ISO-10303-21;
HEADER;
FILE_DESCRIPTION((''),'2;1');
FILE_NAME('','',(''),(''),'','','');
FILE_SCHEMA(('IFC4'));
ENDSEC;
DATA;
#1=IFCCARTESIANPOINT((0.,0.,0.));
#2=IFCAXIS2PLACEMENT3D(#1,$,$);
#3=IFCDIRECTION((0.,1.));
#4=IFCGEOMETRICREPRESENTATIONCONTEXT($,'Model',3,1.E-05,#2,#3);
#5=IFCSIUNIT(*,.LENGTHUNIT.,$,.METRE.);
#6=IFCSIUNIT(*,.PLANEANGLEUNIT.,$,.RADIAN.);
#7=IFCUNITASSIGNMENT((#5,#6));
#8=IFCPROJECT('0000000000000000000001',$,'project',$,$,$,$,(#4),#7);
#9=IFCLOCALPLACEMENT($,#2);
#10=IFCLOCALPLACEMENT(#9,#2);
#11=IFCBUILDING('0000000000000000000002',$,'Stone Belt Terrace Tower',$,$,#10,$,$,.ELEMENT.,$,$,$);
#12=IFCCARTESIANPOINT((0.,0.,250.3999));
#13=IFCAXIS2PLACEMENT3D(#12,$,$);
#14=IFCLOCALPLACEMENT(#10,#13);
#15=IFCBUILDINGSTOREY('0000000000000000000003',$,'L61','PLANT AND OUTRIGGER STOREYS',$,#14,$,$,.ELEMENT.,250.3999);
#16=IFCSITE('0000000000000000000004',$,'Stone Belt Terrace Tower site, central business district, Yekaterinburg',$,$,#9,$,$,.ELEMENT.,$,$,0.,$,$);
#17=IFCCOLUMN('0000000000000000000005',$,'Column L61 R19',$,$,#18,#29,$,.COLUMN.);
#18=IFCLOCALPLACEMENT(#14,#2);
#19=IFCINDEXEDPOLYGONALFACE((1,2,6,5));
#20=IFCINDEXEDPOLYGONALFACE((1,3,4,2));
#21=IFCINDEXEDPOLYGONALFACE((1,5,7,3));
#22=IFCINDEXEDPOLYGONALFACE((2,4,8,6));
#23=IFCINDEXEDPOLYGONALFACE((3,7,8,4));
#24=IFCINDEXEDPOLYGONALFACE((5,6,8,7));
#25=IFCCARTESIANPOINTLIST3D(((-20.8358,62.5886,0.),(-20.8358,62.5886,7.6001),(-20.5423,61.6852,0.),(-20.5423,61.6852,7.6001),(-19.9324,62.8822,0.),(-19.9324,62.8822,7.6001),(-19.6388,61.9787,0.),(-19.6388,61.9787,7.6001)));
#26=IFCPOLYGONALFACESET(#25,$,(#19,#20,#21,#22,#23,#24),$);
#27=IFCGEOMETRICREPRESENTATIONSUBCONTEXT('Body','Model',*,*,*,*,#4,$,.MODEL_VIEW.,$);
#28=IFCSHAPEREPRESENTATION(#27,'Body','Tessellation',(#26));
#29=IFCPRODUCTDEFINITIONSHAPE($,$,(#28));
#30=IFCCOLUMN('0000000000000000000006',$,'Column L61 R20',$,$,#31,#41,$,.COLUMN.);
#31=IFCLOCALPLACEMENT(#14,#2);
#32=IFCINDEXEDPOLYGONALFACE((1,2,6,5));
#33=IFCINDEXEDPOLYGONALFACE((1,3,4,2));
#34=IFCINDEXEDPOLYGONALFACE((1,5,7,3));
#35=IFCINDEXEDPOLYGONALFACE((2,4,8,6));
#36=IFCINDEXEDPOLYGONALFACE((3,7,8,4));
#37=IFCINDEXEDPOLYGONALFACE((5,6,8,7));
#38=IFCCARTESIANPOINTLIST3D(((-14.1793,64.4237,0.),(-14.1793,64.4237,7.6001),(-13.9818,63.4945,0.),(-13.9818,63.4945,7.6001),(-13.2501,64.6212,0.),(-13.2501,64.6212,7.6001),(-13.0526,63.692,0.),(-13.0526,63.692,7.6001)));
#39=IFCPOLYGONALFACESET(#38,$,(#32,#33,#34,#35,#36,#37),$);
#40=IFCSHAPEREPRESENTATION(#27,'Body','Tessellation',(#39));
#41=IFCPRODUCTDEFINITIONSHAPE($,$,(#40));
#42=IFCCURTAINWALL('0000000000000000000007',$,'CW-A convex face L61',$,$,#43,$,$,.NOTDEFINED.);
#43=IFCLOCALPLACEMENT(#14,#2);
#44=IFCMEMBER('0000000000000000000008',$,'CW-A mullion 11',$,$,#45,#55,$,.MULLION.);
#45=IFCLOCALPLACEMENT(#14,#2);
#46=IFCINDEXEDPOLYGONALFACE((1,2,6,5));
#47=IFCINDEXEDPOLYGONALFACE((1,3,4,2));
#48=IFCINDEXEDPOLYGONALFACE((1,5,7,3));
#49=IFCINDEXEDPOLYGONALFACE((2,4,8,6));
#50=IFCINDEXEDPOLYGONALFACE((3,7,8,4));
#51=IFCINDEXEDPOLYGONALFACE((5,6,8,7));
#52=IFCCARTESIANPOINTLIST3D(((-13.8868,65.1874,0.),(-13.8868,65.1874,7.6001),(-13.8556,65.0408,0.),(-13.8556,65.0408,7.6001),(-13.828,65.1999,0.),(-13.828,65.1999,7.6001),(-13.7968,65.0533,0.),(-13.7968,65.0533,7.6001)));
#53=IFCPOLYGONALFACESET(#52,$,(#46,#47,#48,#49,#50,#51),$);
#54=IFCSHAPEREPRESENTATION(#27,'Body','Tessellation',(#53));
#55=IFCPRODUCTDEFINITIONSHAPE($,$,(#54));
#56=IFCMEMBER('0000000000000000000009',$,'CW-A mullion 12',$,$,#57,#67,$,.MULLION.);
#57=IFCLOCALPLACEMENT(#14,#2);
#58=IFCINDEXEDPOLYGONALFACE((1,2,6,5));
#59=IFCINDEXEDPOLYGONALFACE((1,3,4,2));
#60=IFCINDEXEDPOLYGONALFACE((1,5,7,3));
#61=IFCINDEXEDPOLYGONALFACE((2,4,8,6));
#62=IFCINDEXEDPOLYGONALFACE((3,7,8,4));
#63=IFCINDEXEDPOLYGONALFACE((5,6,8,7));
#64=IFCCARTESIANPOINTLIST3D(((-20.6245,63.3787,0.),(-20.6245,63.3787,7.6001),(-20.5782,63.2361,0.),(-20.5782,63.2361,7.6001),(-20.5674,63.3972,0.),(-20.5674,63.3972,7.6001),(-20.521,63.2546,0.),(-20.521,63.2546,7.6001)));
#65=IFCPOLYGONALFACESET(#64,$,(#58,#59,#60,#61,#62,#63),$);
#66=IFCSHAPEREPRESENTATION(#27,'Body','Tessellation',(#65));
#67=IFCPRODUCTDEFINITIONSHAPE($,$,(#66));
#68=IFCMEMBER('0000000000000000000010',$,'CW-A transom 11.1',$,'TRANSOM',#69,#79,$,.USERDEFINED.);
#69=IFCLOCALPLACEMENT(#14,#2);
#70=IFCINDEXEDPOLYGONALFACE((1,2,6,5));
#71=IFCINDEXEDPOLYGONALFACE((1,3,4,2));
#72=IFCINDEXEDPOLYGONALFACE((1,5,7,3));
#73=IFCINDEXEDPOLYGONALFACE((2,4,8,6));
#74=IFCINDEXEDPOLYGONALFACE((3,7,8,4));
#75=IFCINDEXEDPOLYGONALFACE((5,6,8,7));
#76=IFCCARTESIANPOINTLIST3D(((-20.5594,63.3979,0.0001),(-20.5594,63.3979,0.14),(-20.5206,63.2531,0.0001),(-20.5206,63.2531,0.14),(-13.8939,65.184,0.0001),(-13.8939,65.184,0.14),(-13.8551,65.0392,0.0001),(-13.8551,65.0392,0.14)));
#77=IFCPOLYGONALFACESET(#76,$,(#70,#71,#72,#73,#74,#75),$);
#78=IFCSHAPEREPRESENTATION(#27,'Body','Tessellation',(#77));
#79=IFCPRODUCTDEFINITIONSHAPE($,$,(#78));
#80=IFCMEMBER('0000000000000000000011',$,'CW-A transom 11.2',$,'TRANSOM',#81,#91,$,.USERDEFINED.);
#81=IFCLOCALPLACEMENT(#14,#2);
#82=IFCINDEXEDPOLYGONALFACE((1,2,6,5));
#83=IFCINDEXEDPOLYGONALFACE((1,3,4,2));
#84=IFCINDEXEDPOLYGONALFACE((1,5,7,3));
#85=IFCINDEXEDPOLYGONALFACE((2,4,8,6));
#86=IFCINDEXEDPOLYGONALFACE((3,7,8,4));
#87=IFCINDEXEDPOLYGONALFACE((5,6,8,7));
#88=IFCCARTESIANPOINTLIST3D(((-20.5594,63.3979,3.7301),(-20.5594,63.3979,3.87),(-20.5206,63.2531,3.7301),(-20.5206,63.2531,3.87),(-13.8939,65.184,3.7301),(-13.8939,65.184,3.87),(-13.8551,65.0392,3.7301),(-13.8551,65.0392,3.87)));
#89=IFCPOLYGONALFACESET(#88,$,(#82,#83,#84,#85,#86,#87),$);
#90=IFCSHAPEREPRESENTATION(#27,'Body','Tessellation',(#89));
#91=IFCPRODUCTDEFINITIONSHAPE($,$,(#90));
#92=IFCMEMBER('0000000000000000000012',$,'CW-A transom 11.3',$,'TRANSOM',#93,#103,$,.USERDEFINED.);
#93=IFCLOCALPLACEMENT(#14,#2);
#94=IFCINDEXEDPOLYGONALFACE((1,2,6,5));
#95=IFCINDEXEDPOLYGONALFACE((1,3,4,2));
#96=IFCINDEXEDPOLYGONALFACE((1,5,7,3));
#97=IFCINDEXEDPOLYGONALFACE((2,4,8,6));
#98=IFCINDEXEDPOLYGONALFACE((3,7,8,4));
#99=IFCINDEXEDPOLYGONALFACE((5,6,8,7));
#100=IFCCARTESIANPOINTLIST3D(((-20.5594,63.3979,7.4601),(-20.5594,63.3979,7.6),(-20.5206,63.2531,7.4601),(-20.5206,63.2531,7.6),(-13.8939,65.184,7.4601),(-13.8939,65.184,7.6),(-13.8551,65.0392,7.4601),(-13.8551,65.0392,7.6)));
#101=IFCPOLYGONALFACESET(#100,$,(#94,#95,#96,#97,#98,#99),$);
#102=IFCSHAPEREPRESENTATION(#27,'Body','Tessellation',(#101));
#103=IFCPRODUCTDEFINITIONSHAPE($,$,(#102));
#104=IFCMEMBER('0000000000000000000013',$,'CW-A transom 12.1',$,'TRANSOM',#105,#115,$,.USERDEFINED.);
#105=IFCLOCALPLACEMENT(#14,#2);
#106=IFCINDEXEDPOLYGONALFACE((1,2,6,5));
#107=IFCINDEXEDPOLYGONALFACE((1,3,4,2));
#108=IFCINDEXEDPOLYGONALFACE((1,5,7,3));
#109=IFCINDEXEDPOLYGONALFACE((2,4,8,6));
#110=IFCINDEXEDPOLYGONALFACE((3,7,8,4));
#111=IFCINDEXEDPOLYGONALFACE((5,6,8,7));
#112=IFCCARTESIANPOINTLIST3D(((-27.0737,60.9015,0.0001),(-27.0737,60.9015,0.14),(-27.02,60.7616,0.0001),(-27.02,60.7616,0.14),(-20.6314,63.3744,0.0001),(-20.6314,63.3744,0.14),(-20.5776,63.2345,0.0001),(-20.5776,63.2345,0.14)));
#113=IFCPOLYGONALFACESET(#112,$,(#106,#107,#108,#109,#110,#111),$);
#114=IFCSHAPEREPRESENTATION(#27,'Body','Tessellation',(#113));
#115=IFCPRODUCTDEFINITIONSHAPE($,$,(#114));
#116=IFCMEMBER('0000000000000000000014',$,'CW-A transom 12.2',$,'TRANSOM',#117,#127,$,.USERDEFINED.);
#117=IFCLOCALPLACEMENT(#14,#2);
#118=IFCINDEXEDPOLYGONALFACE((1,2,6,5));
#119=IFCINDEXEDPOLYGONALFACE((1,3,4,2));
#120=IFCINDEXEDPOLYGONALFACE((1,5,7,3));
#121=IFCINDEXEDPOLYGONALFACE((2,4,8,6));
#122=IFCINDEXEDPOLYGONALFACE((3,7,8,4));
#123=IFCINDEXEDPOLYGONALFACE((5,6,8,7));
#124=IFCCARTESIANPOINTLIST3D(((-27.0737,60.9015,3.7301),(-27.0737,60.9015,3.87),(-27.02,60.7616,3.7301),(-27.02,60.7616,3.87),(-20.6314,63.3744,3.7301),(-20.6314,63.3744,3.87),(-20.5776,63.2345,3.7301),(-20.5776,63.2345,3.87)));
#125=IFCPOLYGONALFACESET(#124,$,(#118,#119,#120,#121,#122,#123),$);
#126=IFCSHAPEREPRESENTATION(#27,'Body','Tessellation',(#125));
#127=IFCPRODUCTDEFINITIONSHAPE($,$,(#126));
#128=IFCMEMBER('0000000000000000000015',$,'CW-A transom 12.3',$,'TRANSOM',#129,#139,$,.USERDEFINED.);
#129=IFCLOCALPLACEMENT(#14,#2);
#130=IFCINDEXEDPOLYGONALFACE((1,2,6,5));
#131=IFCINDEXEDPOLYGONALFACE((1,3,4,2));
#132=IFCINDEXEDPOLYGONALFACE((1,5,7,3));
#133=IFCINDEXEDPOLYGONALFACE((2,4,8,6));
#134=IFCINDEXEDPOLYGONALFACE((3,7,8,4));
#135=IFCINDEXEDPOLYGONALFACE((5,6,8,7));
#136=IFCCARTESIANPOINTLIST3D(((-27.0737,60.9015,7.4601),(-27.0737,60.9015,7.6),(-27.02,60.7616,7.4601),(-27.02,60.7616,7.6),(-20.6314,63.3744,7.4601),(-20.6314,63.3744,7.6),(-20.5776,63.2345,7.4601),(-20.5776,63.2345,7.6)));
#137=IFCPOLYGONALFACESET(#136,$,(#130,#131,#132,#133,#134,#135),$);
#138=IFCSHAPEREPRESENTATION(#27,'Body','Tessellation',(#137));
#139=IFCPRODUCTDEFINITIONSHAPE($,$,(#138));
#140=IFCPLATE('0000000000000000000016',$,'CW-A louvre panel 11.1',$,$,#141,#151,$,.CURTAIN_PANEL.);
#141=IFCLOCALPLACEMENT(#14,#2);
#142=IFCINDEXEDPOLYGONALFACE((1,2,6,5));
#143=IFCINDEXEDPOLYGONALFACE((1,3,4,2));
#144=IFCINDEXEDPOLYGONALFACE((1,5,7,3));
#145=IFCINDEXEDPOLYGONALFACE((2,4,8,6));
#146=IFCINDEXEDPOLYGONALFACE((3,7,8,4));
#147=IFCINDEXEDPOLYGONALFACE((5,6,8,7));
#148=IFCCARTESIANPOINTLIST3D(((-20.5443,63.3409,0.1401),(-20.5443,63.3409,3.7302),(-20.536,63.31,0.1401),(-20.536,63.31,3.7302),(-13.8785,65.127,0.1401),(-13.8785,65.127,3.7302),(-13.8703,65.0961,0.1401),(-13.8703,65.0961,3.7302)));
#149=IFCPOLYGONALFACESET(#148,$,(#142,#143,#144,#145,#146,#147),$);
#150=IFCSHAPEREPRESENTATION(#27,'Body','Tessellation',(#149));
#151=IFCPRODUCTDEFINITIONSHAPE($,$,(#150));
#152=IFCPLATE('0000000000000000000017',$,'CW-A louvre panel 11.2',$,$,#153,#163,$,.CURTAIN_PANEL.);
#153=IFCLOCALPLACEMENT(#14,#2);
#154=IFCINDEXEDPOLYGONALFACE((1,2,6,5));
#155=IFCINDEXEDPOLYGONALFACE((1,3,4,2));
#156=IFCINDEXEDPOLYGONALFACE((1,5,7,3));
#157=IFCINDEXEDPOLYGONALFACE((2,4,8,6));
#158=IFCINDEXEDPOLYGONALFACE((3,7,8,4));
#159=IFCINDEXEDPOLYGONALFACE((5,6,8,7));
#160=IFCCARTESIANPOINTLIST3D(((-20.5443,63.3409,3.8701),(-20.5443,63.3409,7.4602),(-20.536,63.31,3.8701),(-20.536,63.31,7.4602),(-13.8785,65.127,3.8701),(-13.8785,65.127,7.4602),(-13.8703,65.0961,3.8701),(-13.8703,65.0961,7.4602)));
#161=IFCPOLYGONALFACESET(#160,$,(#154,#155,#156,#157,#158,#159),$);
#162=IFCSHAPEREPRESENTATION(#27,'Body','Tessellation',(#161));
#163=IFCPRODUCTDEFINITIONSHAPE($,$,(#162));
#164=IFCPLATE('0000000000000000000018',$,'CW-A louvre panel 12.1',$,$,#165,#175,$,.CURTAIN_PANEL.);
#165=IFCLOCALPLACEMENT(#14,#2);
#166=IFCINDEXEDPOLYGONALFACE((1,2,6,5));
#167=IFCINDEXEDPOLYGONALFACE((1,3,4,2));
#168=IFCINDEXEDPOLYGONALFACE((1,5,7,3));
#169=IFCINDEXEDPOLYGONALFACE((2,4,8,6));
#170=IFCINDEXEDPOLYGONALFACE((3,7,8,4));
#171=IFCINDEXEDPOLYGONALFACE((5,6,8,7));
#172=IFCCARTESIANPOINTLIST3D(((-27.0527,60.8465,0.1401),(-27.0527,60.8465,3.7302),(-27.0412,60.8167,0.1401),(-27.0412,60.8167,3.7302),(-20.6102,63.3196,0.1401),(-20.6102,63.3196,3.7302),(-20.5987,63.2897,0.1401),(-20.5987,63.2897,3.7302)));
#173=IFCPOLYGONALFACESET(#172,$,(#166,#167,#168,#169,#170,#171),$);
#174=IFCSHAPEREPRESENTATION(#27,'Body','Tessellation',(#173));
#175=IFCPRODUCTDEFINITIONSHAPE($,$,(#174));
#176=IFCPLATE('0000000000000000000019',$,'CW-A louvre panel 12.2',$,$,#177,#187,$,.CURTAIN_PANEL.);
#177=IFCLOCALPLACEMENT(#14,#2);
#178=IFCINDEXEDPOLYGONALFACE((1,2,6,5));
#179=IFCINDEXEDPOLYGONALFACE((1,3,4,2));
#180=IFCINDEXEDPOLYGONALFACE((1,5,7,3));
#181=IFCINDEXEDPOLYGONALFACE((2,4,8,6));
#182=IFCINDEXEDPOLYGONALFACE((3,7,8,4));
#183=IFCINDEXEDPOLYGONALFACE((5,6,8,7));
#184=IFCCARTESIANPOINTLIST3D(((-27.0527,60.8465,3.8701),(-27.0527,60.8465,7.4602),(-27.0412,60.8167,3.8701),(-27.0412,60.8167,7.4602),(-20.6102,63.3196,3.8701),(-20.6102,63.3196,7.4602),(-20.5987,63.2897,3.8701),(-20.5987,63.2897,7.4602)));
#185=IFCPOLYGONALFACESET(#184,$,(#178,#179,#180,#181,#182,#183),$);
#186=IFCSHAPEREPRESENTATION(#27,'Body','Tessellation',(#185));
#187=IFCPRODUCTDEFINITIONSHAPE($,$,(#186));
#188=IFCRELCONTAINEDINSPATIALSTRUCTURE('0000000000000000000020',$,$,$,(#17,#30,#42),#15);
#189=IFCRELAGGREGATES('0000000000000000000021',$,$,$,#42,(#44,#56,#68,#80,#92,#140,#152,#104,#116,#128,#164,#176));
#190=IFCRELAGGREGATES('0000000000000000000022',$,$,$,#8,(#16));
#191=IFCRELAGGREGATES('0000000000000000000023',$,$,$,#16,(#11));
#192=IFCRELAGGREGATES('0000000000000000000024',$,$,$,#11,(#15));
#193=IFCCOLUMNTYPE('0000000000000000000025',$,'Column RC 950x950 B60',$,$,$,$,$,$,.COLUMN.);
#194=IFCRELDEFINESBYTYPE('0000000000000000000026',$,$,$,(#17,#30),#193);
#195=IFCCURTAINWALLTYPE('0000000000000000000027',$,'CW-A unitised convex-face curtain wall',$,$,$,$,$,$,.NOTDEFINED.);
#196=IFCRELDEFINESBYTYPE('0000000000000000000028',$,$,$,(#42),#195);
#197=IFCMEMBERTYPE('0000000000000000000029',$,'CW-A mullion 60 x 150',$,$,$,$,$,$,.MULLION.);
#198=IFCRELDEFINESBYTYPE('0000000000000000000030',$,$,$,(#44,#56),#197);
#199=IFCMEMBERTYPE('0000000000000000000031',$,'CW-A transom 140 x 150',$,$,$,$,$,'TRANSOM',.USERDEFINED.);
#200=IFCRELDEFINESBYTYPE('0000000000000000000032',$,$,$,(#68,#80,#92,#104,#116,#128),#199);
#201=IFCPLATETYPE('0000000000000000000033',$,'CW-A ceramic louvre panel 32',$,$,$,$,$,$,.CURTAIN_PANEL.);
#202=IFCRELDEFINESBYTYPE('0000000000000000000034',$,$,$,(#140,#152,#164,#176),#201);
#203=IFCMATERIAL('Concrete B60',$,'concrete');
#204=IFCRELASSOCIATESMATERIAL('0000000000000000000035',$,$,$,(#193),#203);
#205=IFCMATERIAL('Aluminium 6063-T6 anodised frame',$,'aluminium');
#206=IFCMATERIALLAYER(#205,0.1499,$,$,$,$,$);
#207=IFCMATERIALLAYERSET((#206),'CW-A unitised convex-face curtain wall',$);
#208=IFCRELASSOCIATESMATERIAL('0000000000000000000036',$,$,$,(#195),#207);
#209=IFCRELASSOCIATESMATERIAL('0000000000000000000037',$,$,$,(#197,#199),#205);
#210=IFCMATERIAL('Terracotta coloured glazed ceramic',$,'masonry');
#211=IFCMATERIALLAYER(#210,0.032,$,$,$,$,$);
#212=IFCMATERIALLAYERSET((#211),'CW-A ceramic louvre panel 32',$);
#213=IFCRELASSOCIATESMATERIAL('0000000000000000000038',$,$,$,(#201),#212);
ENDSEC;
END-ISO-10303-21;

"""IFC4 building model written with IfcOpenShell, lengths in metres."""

from ifc_helpers import new_model, si_unit, direction, frame, origin, origin_2d, place, context, subcontext, project, spatial, rectangle, extrude, material, layer, layer_set, material_profile, profile_set, type_object, element, aggregate, save


model = new_model("IFC4")

# Units and contexts
model_context = context("Model", 3, precision=1e-05, world=origin(), true_north=direction((0.0, 1.0)))
body_context = subcontext(model_context, "Body", "Model", "MODEL_VIEW")
ifc_project = project(units=[si_unit("LENGTHUNIT", "METRE"), si_unit("PLANEANGLEUNIT", "RADIAN")], contexts=[model_context])

# Site, building, storey
site_placement = place(None, origin())
site = spatial("IfcSite", under=ifc_project, at=site_placement, Name="Stone Belt Terrace Tower site, central business district, Yekaterinburg", CompositionType="ELEMENT", RefElevation=0.0)
building_placement = place(site_placement, origin())
building = spatial("IfcBuilding", under=site, at=building_placement, Name="Stone Belt Terrace Tower", CompositionType="ELEMENT")
storey_placement = place(building_placement, frame((0.0, 0.0, 250.3999)))
storey = spatial("IfcBuildingStorey", under=building, at=storey_placement, Name="L61", Description="PLANT AND OUTRIGGER STOREYS", CompositionType="ELEMENT", Elevation=250.3999)

# Columns
ifc_material_1 = material(Name="Concrete B60", Category="concrete")
ifc_material_profile_1 = material_profile(ifc_material_1, rectangle(XDim=0.95, YDim=0.95, at=origin_2d()), Name="RC 950x950")
ifc_profile_set_1 = profile_set([ifc_material_profile_1], Name="Concrete B60")
column_type = type_object("IfcColumnType", Name="Column RC 950x950 B60", PredefinedType="COLUMN", material=ifc_profile_set_1)
for number, where, z_axis, x_axis, name in (
    (1, (-20.2373, 62.2837, 0.0), (0.0, 0.0, 1.0), (0.951057, 0.309017, 0.0), "Column L61 R19"),
    (2, (-13.616, 64.0579, 0.0), (0.0, 0.0, 1.0), (0.978148, 0.207912, 0.0), "Column L61 R20"),
):
    element("IfcColumn", number, at=place(storey_placement, frame(where, z_axis=z_axis, x_axis=x_axis)), inside=storey, type_object=column_type, Name=name, PredefinedType="COLUMN", context=body_context, shape_type="SweptSolid", body=[
        extrude(rectangle(XDim=0.95, YDim=0.95, at=origin_2d()), origin(), (0.0, 0.0, 1.0), 7.6001),
    ])

# Curtain wall, members, plates
ifc_material_2 = material(Name="Aluminium 6063-T6 anodised frame", Category="aluminium")
ifc_layer_1 = layer(ifc_material_2, 0.1499)
ifc_layer_set_1 = layer_set([ifc_layer_1], Name="CW-A unitised convex-face curtain wall")
curtain_wall_type = type_object("IfcCurtainWallType", Name="CW-A unitised convex-face curtain wall", PredefinedType="NOTDEFINED", material=ifc_layer_set_1)
curtain_wall_placement = place(storey_placement, origin())
curtain_wall = element("IfcCurtainWall", 3, at=curtain_wall_placement, inside=storey, type_object=curtain_wall_type, Name="CW-A convex face L61", PredefinedType="NOTDEFINED")
ifc_material_profile_2 = material_profile(ifc_material_2, rectangle(XDim=0.1499, YDim=0.0601, at=origin_2d()), Name="Aluminium 6063-T6 60x150")
ifc_profile_set_2 = profile_set([ifc_material_profile_2], Name="Aluminium 6063-T6 anodised frame")
member_type_1 = type_object("IfcMemberType", Name="CW-A mullion 60 x 150", PredefinedType="MULLION", material=ifc_profile_set_2)
member_1_placement = place(storey_placement, frame((-13.8418, 65.1204, 0.0), z_axis=(0.0, 0.0, 1.0), x_axis=(0.207912, -0.978148, 0.0)))
member_1 = element("IfcMember", 4, at=member_1_placement, type_object=member_type_1, Name="CW-A mullion 11", PredefinedType="MULLION", context=body_context, shape_type="SweptSolid", body=[
    extrude(rectangle(XDim=0.1499, YDim=0.0601, at=origin_2d()), origin(), (0.0, 0.0, 1.0), 7.6001),
])
member_2_placement = place(storey_placement, frame((-20.5728, 63.3167, 0.0), z_axis=(0.0, 0.0, 1.0), x_axis=(0.309017, -0.951057, 0.0)))
member_2 = element("IfcMember", 5, at=member_2_placement, type_object=member_type_1, Name="CW-A mullion 12", PredefinedType="MULLION", context=body_context, shape_type="SweptSolid", body=[
    extrude(rectangle(XDim=0.1499, YDim=0.0601, at=origin_2d()), origin(), (0.0, 0.0, 1.0), 7.6001),
])
ifc_material_profile_3 = material_profile(ifc_material_2, rectangle(XDim=0.1499, YDim=0.1399, at=origin_2d()), Name="Aluminium 6063-T6 150x140")
ifc_profile_set_3 = profile_set([ifc_material_profile_3], Name="Aluminium 6063-T6 anodised frame")
member_type_2 = type_object("IfcMemberType", Name="CW-A transom 140 x 150", ElementType="TRANSOM", PredefinedType="USERDEFINED", material=ifc_profile_set_3)
member_3_placement = place(storey_placement, frame((-13.8745, 65.1116, 0.0701), z_axis=(-0.965922, -0.258834, 0.0), x_axis=(0.258834, -0.965922, 0.0)))
member_3 = element("IfcMember", 6, at=member_3_placement, type_object=member_type_2, Name="CW-A transom 11.1", ObjectType="TRANSOM", PredefinedType="USERDEFINED", context=body_context, shape_type="SweptSolid", body=[
    extrude(rectangle(XDim=0.1499, YDim=0.1399, at=origin_2d()), origin(), (0.0, 0.0, 1.0), 6.9006),
])
member_4_placement = place(storey_placement, frame((-13.8745, 65.1116, 3.8), z_axis=(-0.965922, -0.258834, 0.0), x_axis=(0.258834, -0.965922, 0.0)))
member_4 = element("IfcMember", 7, at=member_4_placement, type_object=member_type_2, Name="CW-A transom 11.2", ObjectType="TRANSOM", PredefinedType="USERDEFINED", context=body_context, shape_type="SweptSolid", body=[
    extrude(rectangle(XDim=0.1499, YDim=0.1399, at=origin_2d()), origin(), (0.0, 0.0, 1.0), 6.9006),
])
member_5_placement = place(storey_placement, frame((-13.8745, 65.1116, 7.53), z_axis=(-0.965922, -0.258834, 0.0), x_axis=(0.258834, -0.965922, 0.0)))
member_5 = element("IfcMember", 8, at=member_5_placement, type_object=member_type_2, Name="CW-A transom 11.3", ObjectType="TRANSOM", PredefinedType="USERDEFINED", context=body_context, shape_type="SweptSolid", body=[
    extrude(rectangle(XDim=0.1499, YDim=0.1399, at=origin_2d()), origin(), (0.0, 0.0, 1.0), 6.9006),
])
member_6_placement = place(storey_placement, frame((-20.6045, 63.3044, 0.0701), z_axis=(-0.933585, -0.358355, 0.0), x_axis=(0.358355, -0.933585, 0.0)))
member_6 = element("IfcMember", 9, at=member_6_placement, type_object=member_type_2, Name="CW-A transom 12.1", ObjectType="TRANSOM", PredefinedType="USERDEFINED", context=body_context, shape_type="SweptSolid", body=[
    extrude(rectangle(XDim=0.1499, YDim=0.1399, at=origin_2d()), origin(), (0.0, 0.0, 1.0), 6.9006),
])
member_7_placement = place(storey_placement, frame((-20.6045, 63.3044, 3.8), z_axis=(-0.933585, -0.358355, 0.0), x_axis=(0.358355, -0.933585, 0.0)))
member_7 = element("IfcMember", 10, at=member_7_placement, type_object=member_type_2, Name="CW-A transom 12.2", ObjectType="TRANSOM", PredefinedType="USERDEFINED", context=body_context, shape_type="SweptSolid", body=[
    extrude(rectangle(XDim=0.1499, YDim=0.1399, at=origin_2d()), origin(), (0.0, 0.0, 1.0), 6.9006),
])
member_8_placement = place(storey_placement, frame((-20.6045, 63.3044, 7.53), z_axis=(-0.933585, -0.358355, 0.0), x_axis=(0.358355, -0.933585, 0.0)))
member_8 = element("IfcMember", 11, at=member_8_placement, type_object=member_type_2, Name="CW-A transom 12.3", ObjectType="TRANSOM", PredefinedType="USERDEFINED", context=body_context, shape_type="SweptSolid", body=[
    extrude(rectangle(XDim=0.1499, YDim=0.1399, at=origin_2d()), origin(), (0.0, 0.0, 1.0), 6.9006),
])
ifc_material_3 = material(Name="Terracotta coloured glazed ceramic", Category="masonry")
ifc_layer_2 = layer(ifc_material_3, 0.032)
ifc_layer_set_2 = layer_set([ifc_layer_2], Name="CW-A ceramic louvre panel 32")
plate_type = type_object("IfcPlateType", Name="CW-A ceramic louvre panel 32", PredefinedType="CURTAIN_PANEL", material=ifc_layer_set_2)
plate_1_placement = place(storey_placement, frame((-17.2073, 64.2185, 0.1401), z_axis=(0.0, 0.0, 1.0), x_axis=(-0.965926, -0.258819, 0.0)))
plate_1 = element("IfcPlate", 12, at=plate_1_placement, type_object=plate_type, Name="CW-A louvre panel 11.1", PredefinedType="CURTAIN_PANEL", context=body_context, shape_type="SweptSolid", body=[
    extrude(rectangle(XDim=6.9009, YDim=0.032, at=origin_2d()), origin(), (0.0, 0.0, 1.0), 3.5901),
])
plate_2_placement = place(storey_placement, frame((-17.2073, 64.2185, 3.8701), z_axis=(0.0, 0.0, 1.0), x_axis=(-0.965926, -0.258819, 0.0)))
plate_2 = element("IfcPlate", 13, at=plate_2_placement, type_object=plate_type, Name="CW-A louvre panel 11.2", PredefinedType="CURTAIN_PANEL", context=body_context, shape_type="SweptSolid", body=[
    extrude(rectangle(XDim=6.9009, YDim=0.032, at=origin_2d()), origin(), (0.0, 0.0, 1.0), 3.5901),
])
plate_3_placement = place(storey_placement, frame((-23.8257, 62.0681, 0.1401), z_axis=(0.0, 0.0, 1.0), x_axis=(-0.93358, -0.358368, 0.0)))
plate_3 = element("IfcPlate", 14, at=plate_3_placement, type_object=plate_type, Name="CW-A louvre panel 12.1", PredefinedType="CURTAIN_PANEL", context=body_context, shape_type="SweptSolid", body=[
    extrude(rectangle(XDim=6.9009, YDim=0.032, at=origin_2d()), origin(), (0.0, 0.0, 1.0), 3.5901),
])
plate_4_placement = place(storey_placement, frame((-23.8257, 62.0681, 3.8701), z_axis=(0.0, 0.0, 1.0), x_axis=(-0.93358, -0.358368, 0.0)))
plate_4 = element("IfcPlate", 15, at=plate_4_placement, type_object=plate_type, Name="CW-A louvre panel 12.2", PredefinedType="CURTAIN_PANEL", context=body_context, shape_type="SweptSolid", body=[
    extrude(rectangle(XDim=6.9009, YDim=0.032, at=origin_2d()), origin(), (0.0, 0.0, 1.0), 3.5901),
])
aggregate(curtain_wall, [member_1, member_2, member_3, member_4, member_5, plate_1, plate_2, member_6, member_7, member_8, plate_3, plate_4])

save(model, "model.ifc")
